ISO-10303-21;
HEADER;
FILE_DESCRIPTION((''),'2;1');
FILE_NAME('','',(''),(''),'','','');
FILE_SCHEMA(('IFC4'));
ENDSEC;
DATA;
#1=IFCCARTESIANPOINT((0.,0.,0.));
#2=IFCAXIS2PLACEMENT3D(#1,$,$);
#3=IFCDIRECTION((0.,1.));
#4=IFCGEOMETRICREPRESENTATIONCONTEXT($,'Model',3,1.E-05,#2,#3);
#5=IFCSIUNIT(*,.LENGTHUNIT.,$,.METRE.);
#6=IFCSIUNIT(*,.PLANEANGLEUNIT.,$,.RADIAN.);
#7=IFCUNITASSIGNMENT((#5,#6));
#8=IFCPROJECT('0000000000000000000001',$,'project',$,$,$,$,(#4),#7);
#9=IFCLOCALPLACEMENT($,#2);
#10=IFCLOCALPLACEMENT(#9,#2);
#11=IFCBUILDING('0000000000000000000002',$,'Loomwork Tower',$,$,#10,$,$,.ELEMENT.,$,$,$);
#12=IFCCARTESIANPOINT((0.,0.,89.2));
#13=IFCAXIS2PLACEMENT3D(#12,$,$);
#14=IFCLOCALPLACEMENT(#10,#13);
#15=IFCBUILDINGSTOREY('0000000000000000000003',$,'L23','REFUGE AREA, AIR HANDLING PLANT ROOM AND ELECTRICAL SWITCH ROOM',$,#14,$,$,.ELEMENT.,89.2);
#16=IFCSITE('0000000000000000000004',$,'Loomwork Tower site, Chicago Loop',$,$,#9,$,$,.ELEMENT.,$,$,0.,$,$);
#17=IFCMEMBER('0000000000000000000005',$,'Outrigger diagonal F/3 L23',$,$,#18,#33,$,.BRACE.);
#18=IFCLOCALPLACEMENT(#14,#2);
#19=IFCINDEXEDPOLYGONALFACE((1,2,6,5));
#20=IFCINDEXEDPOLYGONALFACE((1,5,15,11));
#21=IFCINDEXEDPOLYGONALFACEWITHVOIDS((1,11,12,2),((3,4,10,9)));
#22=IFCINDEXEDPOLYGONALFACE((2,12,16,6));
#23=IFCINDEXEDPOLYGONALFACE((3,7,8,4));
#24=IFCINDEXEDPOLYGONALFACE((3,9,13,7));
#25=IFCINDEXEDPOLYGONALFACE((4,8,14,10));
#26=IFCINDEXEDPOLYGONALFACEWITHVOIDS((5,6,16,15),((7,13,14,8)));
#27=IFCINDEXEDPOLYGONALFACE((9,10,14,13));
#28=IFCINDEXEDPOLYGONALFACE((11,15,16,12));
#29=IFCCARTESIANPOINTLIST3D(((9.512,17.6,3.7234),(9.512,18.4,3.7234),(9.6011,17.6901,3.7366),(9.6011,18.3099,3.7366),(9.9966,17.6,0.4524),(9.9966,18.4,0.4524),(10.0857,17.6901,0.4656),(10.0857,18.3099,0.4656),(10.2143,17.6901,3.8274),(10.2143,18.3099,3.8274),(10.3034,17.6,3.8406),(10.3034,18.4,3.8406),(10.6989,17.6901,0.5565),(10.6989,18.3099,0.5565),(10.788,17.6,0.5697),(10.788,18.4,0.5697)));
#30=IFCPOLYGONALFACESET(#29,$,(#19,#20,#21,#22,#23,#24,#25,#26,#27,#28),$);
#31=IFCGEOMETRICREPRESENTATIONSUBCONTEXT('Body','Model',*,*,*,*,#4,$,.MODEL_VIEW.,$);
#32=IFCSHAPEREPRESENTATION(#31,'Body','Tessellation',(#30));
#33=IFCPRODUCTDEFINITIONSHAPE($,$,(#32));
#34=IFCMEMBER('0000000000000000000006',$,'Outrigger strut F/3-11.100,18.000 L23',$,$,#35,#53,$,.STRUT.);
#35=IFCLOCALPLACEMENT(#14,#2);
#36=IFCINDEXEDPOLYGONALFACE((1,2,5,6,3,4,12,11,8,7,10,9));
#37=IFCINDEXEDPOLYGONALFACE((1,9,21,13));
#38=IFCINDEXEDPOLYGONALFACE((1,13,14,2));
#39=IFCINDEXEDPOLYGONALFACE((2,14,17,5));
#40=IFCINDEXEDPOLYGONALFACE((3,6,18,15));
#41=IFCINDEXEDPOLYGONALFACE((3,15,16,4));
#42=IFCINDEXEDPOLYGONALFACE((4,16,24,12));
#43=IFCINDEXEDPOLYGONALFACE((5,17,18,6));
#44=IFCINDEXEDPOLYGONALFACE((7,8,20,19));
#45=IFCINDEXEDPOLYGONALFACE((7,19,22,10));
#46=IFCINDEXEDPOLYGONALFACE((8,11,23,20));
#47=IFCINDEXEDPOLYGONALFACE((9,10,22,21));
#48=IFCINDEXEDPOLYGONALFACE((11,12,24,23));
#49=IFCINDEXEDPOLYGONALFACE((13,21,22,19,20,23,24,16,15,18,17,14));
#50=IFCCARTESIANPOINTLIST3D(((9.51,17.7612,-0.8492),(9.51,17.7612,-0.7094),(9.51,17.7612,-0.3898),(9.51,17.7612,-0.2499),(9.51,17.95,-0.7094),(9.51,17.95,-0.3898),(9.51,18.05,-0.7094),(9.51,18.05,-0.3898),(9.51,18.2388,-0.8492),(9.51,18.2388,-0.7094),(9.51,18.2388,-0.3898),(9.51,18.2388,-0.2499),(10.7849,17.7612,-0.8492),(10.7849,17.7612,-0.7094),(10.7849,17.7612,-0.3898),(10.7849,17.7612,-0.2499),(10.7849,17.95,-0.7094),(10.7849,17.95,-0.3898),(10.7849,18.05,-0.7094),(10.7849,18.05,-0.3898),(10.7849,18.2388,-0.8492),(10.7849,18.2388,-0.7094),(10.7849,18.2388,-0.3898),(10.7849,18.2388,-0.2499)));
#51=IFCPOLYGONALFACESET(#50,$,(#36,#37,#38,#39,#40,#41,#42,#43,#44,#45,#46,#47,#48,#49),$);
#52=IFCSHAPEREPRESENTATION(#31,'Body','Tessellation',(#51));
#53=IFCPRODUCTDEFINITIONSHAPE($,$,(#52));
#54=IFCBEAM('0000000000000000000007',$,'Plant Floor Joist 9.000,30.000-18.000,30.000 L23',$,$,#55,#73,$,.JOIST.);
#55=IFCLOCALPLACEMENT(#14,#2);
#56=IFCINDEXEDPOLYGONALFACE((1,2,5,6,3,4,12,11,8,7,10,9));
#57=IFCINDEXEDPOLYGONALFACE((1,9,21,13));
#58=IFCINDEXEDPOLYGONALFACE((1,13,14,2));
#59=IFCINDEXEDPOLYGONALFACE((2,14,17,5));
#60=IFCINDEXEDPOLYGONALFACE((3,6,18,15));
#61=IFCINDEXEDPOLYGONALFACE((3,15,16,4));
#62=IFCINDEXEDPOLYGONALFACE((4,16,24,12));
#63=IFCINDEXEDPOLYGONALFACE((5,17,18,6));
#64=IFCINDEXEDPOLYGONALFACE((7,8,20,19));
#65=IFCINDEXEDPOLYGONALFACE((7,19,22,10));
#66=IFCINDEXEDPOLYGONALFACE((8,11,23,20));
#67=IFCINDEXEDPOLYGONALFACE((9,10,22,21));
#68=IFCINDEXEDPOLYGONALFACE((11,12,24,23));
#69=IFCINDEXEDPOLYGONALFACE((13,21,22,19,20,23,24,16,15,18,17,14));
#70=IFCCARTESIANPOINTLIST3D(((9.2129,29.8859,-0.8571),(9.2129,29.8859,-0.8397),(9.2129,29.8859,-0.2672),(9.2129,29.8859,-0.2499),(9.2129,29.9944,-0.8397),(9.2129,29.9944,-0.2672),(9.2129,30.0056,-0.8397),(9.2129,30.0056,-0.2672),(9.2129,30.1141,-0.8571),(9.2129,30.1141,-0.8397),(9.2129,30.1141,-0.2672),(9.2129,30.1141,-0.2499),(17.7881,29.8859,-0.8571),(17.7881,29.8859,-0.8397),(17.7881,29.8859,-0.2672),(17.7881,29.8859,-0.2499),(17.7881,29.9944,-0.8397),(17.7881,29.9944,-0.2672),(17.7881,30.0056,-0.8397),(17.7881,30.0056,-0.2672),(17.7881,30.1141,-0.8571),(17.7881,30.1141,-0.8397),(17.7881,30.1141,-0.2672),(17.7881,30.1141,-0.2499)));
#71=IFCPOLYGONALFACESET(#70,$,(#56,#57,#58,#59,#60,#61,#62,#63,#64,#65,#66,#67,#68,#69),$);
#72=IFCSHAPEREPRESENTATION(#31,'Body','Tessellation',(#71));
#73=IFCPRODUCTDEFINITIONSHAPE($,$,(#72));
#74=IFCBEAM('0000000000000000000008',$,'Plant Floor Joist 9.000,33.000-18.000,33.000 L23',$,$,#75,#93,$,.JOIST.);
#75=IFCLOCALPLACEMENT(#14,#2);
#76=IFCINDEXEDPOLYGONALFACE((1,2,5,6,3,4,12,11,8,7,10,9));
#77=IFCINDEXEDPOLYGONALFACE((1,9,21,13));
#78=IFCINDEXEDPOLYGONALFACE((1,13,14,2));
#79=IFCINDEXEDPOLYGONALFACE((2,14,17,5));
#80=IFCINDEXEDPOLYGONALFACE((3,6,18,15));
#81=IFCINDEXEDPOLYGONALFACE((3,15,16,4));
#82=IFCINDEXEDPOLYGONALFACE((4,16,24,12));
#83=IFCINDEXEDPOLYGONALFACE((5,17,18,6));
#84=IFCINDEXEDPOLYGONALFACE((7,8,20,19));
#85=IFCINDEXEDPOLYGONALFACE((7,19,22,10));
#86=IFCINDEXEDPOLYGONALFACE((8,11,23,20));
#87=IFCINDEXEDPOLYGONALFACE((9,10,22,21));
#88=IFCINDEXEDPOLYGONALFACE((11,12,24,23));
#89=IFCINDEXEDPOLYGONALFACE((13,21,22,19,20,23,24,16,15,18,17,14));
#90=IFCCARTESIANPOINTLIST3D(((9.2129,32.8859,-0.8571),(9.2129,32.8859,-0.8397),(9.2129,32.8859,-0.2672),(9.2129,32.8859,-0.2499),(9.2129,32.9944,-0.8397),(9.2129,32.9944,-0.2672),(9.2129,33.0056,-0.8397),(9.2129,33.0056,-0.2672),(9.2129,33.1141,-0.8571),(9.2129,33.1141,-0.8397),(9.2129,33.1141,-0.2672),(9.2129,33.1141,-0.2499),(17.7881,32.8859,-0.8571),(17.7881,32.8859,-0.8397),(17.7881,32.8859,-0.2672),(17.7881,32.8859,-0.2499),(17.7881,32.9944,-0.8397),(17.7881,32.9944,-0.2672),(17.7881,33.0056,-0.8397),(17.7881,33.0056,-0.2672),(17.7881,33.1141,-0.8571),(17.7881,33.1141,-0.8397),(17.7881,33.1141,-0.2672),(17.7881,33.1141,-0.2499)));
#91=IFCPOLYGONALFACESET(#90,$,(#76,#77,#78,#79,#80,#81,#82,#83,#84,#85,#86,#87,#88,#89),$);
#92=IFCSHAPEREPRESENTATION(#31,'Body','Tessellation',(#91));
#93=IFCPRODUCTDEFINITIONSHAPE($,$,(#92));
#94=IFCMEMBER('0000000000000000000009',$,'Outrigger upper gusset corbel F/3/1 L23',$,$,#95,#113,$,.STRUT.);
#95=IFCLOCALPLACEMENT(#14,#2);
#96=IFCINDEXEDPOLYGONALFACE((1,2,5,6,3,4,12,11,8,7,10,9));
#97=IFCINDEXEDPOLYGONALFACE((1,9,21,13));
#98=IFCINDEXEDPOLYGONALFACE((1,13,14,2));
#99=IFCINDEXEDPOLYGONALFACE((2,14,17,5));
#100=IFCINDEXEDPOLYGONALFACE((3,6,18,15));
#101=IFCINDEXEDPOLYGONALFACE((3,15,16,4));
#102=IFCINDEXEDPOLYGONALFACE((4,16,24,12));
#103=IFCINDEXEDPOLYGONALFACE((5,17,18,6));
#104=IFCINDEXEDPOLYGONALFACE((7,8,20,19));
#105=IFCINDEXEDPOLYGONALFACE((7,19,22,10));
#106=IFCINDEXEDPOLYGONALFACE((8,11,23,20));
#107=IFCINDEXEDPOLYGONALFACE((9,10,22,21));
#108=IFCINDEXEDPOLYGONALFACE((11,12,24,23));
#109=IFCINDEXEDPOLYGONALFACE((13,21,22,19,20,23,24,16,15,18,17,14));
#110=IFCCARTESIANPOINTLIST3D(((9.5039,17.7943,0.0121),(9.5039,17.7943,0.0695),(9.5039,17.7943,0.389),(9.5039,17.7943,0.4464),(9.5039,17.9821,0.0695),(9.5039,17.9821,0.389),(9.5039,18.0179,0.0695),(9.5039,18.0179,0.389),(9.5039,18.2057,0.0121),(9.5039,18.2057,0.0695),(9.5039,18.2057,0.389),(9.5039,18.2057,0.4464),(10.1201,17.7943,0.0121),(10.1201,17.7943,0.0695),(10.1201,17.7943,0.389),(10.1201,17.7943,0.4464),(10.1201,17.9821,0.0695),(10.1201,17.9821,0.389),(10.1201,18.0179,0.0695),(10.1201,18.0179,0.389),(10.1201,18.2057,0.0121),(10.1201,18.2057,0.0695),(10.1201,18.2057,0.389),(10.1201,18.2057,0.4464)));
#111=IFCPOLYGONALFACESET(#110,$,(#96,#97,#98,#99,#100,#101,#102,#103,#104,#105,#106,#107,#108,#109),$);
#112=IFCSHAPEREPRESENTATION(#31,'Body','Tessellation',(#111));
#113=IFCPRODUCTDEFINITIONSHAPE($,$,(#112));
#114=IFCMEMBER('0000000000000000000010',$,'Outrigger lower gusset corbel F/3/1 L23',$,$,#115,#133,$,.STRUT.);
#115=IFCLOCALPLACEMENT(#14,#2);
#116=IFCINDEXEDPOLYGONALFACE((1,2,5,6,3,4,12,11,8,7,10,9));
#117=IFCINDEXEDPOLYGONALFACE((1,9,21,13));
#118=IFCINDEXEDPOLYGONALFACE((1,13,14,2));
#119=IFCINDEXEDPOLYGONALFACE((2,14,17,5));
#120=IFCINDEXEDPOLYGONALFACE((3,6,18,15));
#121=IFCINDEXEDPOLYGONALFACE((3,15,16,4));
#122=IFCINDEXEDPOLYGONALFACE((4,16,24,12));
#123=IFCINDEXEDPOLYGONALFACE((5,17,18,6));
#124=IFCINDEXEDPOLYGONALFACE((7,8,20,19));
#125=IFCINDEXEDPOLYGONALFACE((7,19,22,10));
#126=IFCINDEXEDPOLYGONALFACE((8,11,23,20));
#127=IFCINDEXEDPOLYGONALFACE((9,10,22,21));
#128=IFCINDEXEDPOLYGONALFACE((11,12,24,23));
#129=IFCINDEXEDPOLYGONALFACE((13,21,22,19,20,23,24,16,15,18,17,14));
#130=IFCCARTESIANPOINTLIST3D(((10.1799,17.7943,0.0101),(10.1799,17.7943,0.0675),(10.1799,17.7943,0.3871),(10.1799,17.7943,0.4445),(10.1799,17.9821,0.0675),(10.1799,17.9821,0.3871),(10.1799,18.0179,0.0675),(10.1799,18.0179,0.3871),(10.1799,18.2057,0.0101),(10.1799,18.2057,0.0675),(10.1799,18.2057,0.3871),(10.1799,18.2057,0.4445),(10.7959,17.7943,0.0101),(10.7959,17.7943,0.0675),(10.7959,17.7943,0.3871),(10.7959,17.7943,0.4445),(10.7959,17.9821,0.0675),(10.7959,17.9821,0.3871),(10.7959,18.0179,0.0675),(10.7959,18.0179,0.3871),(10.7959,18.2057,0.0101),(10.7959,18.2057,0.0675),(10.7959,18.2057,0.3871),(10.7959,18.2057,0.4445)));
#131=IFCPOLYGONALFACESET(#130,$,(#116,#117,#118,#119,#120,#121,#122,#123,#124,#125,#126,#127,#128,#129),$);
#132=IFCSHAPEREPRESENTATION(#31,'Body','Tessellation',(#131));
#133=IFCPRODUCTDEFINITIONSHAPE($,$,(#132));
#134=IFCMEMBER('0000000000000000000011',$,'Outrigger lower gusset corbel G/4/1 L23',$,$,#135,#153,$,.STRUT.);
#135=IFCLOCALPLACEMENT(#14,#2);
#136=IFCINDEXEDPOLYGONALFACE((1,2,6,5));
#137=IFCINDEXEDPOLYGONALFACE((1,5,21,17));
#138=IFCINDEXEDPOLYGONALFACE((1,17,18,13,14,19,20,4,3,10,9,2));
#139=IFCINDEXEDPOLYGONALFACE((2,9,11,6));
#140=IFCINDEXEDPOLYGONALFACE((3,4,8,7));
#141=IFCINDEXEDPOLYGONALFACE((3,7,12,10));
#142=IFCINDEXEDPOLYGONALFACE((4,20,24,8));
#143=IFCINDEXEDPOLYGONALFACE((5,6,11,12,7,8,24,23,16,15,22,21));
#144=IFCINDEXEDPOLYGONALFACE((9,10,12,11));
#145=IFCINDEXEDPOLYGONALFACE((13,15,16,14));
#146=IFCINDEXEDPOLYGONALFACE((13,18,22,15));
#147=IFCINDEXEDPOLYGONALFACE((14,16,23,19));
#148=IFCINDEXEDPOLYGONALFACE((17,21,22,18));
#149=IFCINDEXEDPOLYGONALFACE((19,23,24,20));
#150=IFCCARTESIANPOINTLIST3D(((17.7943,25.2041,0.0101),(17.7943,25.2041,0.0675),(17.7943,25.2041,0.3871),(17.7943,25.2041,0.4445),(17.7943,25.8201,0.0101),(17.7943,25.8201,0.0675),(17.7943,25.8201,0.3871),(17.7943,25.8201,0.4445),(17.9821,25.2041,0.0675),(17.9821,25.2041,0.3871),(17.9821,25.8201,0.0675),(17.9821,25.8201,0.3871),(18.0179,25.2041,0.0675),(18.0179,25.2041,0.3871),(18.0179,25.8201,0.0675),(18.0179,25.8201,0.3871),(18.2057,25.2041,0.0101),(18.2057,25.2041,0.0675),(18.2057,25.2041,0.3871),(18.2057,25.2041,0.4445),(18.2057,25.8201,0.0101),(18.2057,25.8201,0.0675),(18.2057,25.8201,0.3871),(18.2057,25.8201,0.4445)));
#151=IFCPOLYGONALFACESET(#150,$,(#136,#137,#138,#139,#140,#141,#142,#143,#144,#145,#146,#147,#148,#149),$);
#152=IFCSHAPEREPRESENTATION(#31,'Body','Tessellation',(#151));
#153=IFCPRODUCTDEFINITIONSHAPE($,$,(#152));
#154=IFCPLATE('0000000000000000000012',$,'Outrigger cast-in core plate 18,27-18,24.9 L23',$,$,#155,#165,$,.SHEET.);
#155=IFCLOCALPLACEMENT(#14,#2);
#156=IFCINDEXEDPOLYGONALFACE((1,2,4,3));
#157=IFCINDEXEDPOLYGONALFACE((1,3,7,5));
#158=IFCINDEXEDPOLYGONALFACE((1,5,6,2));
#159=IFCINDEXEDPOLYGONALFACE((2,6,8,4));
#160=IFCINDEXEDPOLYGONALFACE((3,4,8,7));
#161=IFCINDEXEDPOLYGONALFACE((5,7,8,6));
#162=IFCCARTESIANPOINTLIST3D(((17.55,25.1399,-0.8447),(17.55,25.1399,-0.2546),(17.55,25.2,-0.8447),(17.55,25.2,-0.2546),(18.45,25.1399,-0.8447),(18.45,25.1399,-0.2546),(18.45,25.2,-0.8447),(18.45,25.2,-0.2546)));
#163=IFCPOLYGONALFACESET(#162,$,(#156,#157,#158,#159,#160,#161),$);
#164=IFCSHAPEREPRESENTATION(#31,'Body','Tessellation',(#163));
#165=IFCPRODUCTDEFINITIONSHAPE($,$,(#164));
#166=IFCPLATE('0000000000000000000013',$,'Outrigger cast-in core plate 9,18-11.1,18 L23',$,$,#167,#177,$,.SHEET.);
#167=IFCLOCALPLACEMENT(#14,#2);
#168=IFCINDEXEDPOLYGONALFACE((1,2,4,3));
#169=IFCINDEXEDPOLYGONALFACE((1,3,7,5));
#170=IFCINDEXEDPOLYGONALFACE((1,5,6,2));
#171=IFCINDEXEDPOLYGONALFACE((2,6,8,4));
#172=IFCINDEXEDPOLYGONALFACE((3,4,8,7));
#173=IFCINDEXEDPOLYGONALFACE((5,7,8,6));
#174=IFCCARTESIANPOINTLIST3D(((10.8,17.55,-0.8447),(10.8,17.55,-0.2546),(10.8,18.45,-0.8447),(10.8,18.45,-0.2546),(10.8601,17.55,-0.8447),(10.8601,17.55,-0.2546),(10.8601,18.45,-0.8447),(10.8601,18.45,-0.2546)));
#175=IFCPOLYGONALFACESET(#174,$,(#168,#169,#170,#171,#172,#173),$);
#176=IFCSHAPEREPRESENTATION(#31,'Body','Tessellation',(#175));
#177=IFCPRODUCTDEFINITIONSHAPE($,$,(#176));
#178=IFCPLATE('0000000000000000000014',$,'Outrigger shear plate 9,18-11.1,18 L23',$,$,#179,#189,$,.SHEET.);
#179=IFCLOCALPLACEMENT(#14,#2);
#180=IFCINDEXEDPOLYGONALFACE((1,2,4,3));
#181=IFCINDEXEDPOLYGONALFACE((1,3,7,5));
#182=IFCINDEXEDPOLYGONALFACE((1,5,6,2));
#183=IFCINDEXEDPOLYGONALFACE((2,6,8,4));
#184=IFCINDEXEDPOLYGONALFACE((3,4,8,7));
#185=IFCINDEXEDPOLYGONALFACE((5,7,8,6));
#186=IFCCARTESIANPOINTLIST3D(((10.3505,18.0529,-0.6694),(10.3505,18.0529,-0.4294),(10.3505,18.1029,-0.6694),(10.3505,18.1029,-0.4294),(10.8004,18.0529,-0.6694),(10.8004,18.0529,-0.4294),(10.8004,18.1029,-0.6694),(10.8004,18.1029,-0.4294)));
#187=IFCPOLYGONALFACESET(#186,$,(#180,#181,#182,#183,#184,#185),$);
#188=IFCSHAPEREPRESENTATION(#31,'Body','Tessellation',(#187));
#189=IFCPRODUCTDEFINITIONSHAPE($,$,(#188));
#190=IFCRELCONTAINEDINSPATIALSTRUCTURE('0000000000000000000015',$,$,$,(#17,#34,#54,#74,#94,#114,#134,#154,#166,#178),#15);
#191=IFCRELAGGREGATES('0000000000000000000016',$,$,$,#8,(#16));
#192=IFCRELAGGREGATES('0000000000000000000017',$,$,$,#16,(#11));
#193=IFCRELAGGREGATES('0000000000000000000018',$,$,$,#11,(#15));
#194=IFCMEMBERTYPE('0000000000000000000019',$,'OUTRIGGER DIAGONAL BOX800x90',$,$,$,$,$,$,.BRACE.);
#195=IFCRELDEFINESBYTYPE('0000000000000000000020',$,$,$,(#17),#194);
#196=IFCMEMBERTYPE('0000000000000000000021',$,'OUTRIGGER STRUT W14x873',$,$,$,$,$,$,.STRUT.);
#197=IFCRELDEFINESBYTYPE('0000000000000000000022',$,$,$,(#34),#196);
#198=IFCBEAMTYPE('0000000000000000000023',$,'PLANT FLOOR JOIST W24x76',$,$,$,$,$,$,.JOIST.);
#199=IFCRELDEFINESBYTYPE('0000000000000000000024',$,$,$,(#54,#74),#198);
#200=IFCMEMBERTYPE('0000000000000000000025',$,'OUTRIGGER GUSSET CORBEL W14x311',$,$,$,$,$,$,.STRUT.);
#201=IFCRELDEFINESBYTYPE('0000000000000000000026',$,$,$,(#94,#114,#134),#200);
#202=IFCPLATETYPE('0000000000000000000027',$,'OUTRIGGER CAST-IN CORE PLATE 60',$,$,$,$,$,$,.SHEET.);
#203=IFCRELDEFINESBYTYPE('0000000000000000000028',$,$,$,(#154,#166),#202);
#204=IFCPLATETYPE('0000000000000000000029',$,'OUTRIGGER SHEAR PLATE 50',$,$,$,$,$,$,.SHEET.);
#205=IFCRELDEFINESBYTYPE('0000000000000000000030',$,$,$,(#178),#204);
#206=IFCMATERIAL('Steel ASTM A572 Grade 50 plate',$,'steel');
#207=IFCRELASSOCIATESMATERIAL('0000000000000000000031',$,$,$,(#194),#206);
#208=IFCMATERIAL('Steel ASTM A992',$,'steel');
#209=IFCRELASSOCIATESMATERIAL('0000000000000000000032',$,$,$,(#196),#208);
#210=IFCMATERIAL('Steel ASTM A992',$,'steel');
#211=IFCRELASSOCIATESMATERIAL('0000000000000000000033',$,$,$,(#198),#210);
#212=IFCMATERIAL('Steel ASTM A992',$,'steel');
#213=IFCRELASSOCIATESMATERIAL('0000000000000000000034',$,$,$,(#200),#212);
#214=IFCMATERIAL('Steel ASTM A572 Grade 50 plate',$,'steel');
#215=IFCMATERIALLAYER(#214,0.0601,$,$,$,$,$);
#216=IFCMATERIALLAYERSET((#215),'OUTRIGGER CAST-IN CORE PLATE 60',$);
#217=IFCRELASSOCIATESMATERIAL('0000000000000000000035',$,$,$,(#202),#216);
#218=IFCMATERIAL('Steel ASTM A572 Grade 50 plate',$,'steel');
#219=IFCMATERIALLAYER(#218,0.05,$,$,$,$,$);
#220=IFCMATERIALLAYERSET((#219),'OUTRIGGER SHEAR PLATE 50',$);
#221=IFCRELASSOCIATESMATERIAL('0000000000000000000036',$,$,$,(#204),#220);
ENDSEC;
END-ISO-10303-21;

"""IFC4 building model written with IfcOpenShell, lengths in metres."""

from ifc_helpers import new_model, si_unit, direction, frame, origin, origin_2d, place, context, subcontext, project, spatial, rectangle, hollow_rectangle, i_section, extrude, material, layer, layer_set, material_profile, profile_set, type_object, element, save


model = new_model("IFC4")

# Units and contexts
model_context = context("Model", 3, precision=1e-05, world=origin(), true_north=direction((0.0, 1.0)))
body_context = subcontext(model_context, "Body", "Model", "MODEL_VIEW")
ifc_project = project(units=[si_unit("LENGTHUNIT", "METRE"), si_unit("PLANEANGLEUNIT", "RADIAN")], contexts=[model_context])

# Site, building, storey
site_placement = place(None, origin())
site = spatial("IfcSite", under=ifc_project, at=site_placement, Name="Loomwork Tower site, Chicago Loop", CompositionType="ELEMENT", RefElevation=0.0)
building_placement = place(site_placement, origin())
building = spatial("IfcBuilding", under=site, at=building_placement, Name="Loomwork Tower", CompositionType="ELEMENT")
storey_placement = place(building_placement, frame((0.0, 0.0, 89.2)))
storey = spatial("IfcBuildingStorey", under=building, at=storey_placement, Name="L23", Description="REFUGE AREA, AIR HANDLING PLANT ROOM AND ELECTRICAL SWITCH ROOM", CompositionType="ELEMENT", Elevation=89.2)

# Members
ifc_material_1 = material(Name="Steel ASTM A572 Grade 50 plate", Category="steel")
ifc_material_profile_1 = material_profile(ifc_material_1, hollow_rectangle(XDim=0.8, YDim=0.8, WallThickness=0.0901, at=origin_2d()), Name="BOX800x90")
ifc_profile_set_1 = profile_set([ifc_material_profile_1], Name="Steel ASTM A572 Grade 50 plate")
member_type_1 = type_object("IfcMemberType", Name="OUTRIGGER DIAGONAL BOX800x90", PredefinedType="BRACE", material=ifc_profile_set_1)
member_1_placement = place(storey_placement, frame((9.9077, 18.0, 3.782), z_axis=(0.146557, 0.0, -0.989202), x_axis=(0.0, 1.0, 0.0)))
element("IfcMember", 1, at=member_1_placement, inside=storey, type_object=member_type_1, Name="Outrigger diagonal F/3 L23", PredefinedType="BRACE", context=body_context, shape_type="SweptSolid", body=[
    extrude(hollow_rectangle(XDim=0.8, YDim=0.8, WallThickness=0.0901, at=origin_2d()), origin(), (0.0, 0.0, 1.0), 3.3066),
])
ifc_material_2 = material(Name="Steel ASTM A992", Category="steel")
ifc_material_profile_2 = material_profile(ifc_material_2, i_section(OverallWidth=0.4775, OverallDepth=0.5994, WebThickness=0.1001, FlangeThickness=0.1399, at=origin_2d()), Name="W14x873")
ifc_profile_set_2 = profile_set([ifc_material_profile_2], Name="Steel ASTM A992")
member_type_2 = type_object("IfcMemberType", Name="OUTRIGGER STRUT W14x873", PredefinedType="STRUT", material=ifc_profile_set_2)
member_2_placement = place(storey_placement, frame((9.51, 18.0, -0.5496), z_axis=(1.0, 0.0, 0.0), x_axis=(0.0, 1.0, 0.0)))
element("IfcMember", 2, at=member_2_placement, inside=storey, type_object=member_type_2, Name="Outrigger strut F/3-11.100,18.000 L23", PredefinedType="STRUT", context=body_context, shape_type="SweptSolid", body=[
    extrude(i_section(OverallWidth=0.4775, OverallDepth=0.5994, WebThickness=0.1001, FlangeThickness=0.1399, at=origin_2d()), origin(), (0.0, 0.0, 1.0), 1.2749),
])

# Beams
ifc_material_3 = material(Name="Steel ASTM A992", Category="steel")
ifc_material_profile_3 = material_profile(ifc_material_3, i_section(OverallWidth=0.2283, OverallDepth=0.6072, WebThickness=0.0112, FlangeThickness=0.0173, at=origin_2d()), Name="W24x76")
ifc_profile_set_3 = profile_set([ifc_material_profile_3], Name="Steel ASTM A992")
beam_type = type_object("IfcBeamType", Name="PLANT FLOOR JOIST W24x76", PredefinedType="JOIST", material=ifc_profile_set_3)
for number, where, z_axis, x_axis, name in (
    (3, (9.2129, 30.0, -0.5535), (1.0, 0.0, 0.0), (0.0, 1.0, 0.0), "Plant Floor Joist 9.000,30.000-18.000,30.000 L23"),
    (4, (9.2129, 33.0, -0.5535), (1.0, 0.0, 0.0), (0.0, 1.0, 0.0), "Plant Floor Joist 9.000,33.000-18.000,33.000 L23"),
):
    element("IfcBeam", number, at=place(storey_placement, frame(where, z_axis=z_axis, x_axis=x_axis)), inside=storey, type_object=beam_type, Name=name, PredefinedType="JOIST", context=body_context, shape_type="SweptSolid", body=[
        extrude(i_section(OverallWidth=0.2283, OverallDepth=0.6072, WebThickness=0.0112, FlangeThickness=0.0173, at=origin_2d()), origin(), (0.0, 0.0, 1.0), 8.5752),
    ])

# Members
ifc_material_4 = material(Name="Steel ASTM A992", Category="steel")
ifc_material_profile_4 = material_profile(ifc_material_4, i_section(OverallWidth=0.4114, OverallDepth=0.4343, WebThickness=0.0359, FlangeThickness=0.0574, at=origin_2d()), Name="W14x311")
ifc_profile_set_4 = profile_set([ifc_material_profile_4], Name="Steel ASTM A992")
member_type_3 = type_object("IfcMemberType", Name="OUTRIGGER GUSSET CORBEL W14x311", PredefinedType="STRUT", material=ifc_profile_set_4)
member_3_placement = place(storey_placement, frame((9.5039, 18.0, 0.2292), z_axis=(1.0, 0.0, 0.0), x_axis=(0.0, 1.0, 0.0)))
element("IfcMember", 5, at=member_3_placement, inside=storey, type_object=member_type_3, Name="Outrigger upper gusset corbel F/3/1 L23", PredefinedType="STRUT", context=body_context, shape_type="SweptSolid", body=[
    extrude(i_section(OverallWidth=0.4114, OverallDepth=0.4343, WebThickness=0.0359, FlangeThickness=0.0574, at=origin_2d()), origin(), (0.0, 0.0, 1.0), 0.6162),
])
for number, where, z_axis, x_axis, name in (
    (6, (10.7959, 18.0, 0.2273), (-1.0, 0.0, 0.0), (0.0, -1.0, 0.0), "Outrigger lower gusset corbel F/3/1 L23"),
    (7, (18.0, 25.2041, 0.2273), (0.0, 1.0, 0.0), (-1.0, 0.0, 0.0), "Outrigger lower gusset corbel G/4/1 L23"),
):
    element("IfcMember", number, at=place(storey_placement, frame(where, z_axis=z_axis, x_axis=x_axis)), inside=storey, type_object=member_type_3, Name=name, PredefinedType="STRUT", context=body_context, shape_type="SweptSolid", body=[
        extrude(i_section(OverallWidth=0.4114, OverallDepth=0.4343, WebThickness=0.0359, FlangeThickness=0.0574, at=origin_2d()), origin(), (0.0, 0.0, 1.0), 0.616),
    ])

# Plates
ifc_material_5 = material(Name="Steel ASTM A572 Grade 50 plate", Category="steel")
ifc_layer_1 = layer(ifc_material_5, 0.0601)
ifc_layer_set_1 = layer_set([ifc_layer_1], Name="OUTRIGGER CAST-IN CORE PLATE 60")
plate_type_1 = type_object("IfcPlateType", Name="OUTRIGGER CAST-IN CORE PLATE 60", PredefinedType="SHEET", material=ifc_layer_set_1)
for number, where, z_axis, x_axis, name in (
    (8, (18.0, 25.1699, -0.8447), (0.0, 0.0, 1.0), (1.0, 0.0, 0.0), "Outrigger cast-in core plate 18,27-18,24.9 L23"),
    (9, (10.8301, 18.0, -0.8447), (0.0, 0.0, 1.0), (0.0, 1.0, 0.0), "Outrigger cast-in core plate 9,18-11.1,18 L23"),
):
    element("IfcPlate", number, at=place(storey_placement, frame(where, z_axis=z_axis, x_axis=x_axis)), inside=storey, type_object=plate_type_1, Name=name, PredefinedType="SHEET", context=body_context, shape_type="SweptSolid", body=[
        extrude(rectangle(XDim=0.8999, YDim=0.0601, at=origin_2d()), origin(), (0.0, 0.0, 1.0), 0.5901),
    ])
ifc_material_6 = material(Name="Steel ASTM A572 Grade 50 plate", Category="steel")
ifc_layer_2 = layer(ifc_material_6, 0.05)
ifc_layer_set_2 = layer_set([ifc_layer_2], Name="OUTRIGGER SHEAR PLATE 50")
plate_type_2 = type_object("IfcPlateType", Name="OUTRIGGER SHEAR PLATE 50", PredefinedType="SHEET", material=ifc_layer_set_2)
plate_placement = place(storey_placement, frame((10.5754, 18.0779, -0.6694), z_axis=(0.0, 0.0, 1.0), x_axis=(1.0, 0.0, 0.0)))
element("IfcPlate", 10, at=plate_placement, inside=storey, type_object=plate_type_2, Name="Outrigger shear plate 9,18-11.1,18 L23", PredefinedType="SHEET", context=body_context, shape_type="SweptSolid", body=[
    extrude(rectangle(XDim=0.45, YDim=0.05, at=origin_2d()), origin(), (0.0, 0.0, 1.0), 0.24),
])

save(model, "model.ifc")
